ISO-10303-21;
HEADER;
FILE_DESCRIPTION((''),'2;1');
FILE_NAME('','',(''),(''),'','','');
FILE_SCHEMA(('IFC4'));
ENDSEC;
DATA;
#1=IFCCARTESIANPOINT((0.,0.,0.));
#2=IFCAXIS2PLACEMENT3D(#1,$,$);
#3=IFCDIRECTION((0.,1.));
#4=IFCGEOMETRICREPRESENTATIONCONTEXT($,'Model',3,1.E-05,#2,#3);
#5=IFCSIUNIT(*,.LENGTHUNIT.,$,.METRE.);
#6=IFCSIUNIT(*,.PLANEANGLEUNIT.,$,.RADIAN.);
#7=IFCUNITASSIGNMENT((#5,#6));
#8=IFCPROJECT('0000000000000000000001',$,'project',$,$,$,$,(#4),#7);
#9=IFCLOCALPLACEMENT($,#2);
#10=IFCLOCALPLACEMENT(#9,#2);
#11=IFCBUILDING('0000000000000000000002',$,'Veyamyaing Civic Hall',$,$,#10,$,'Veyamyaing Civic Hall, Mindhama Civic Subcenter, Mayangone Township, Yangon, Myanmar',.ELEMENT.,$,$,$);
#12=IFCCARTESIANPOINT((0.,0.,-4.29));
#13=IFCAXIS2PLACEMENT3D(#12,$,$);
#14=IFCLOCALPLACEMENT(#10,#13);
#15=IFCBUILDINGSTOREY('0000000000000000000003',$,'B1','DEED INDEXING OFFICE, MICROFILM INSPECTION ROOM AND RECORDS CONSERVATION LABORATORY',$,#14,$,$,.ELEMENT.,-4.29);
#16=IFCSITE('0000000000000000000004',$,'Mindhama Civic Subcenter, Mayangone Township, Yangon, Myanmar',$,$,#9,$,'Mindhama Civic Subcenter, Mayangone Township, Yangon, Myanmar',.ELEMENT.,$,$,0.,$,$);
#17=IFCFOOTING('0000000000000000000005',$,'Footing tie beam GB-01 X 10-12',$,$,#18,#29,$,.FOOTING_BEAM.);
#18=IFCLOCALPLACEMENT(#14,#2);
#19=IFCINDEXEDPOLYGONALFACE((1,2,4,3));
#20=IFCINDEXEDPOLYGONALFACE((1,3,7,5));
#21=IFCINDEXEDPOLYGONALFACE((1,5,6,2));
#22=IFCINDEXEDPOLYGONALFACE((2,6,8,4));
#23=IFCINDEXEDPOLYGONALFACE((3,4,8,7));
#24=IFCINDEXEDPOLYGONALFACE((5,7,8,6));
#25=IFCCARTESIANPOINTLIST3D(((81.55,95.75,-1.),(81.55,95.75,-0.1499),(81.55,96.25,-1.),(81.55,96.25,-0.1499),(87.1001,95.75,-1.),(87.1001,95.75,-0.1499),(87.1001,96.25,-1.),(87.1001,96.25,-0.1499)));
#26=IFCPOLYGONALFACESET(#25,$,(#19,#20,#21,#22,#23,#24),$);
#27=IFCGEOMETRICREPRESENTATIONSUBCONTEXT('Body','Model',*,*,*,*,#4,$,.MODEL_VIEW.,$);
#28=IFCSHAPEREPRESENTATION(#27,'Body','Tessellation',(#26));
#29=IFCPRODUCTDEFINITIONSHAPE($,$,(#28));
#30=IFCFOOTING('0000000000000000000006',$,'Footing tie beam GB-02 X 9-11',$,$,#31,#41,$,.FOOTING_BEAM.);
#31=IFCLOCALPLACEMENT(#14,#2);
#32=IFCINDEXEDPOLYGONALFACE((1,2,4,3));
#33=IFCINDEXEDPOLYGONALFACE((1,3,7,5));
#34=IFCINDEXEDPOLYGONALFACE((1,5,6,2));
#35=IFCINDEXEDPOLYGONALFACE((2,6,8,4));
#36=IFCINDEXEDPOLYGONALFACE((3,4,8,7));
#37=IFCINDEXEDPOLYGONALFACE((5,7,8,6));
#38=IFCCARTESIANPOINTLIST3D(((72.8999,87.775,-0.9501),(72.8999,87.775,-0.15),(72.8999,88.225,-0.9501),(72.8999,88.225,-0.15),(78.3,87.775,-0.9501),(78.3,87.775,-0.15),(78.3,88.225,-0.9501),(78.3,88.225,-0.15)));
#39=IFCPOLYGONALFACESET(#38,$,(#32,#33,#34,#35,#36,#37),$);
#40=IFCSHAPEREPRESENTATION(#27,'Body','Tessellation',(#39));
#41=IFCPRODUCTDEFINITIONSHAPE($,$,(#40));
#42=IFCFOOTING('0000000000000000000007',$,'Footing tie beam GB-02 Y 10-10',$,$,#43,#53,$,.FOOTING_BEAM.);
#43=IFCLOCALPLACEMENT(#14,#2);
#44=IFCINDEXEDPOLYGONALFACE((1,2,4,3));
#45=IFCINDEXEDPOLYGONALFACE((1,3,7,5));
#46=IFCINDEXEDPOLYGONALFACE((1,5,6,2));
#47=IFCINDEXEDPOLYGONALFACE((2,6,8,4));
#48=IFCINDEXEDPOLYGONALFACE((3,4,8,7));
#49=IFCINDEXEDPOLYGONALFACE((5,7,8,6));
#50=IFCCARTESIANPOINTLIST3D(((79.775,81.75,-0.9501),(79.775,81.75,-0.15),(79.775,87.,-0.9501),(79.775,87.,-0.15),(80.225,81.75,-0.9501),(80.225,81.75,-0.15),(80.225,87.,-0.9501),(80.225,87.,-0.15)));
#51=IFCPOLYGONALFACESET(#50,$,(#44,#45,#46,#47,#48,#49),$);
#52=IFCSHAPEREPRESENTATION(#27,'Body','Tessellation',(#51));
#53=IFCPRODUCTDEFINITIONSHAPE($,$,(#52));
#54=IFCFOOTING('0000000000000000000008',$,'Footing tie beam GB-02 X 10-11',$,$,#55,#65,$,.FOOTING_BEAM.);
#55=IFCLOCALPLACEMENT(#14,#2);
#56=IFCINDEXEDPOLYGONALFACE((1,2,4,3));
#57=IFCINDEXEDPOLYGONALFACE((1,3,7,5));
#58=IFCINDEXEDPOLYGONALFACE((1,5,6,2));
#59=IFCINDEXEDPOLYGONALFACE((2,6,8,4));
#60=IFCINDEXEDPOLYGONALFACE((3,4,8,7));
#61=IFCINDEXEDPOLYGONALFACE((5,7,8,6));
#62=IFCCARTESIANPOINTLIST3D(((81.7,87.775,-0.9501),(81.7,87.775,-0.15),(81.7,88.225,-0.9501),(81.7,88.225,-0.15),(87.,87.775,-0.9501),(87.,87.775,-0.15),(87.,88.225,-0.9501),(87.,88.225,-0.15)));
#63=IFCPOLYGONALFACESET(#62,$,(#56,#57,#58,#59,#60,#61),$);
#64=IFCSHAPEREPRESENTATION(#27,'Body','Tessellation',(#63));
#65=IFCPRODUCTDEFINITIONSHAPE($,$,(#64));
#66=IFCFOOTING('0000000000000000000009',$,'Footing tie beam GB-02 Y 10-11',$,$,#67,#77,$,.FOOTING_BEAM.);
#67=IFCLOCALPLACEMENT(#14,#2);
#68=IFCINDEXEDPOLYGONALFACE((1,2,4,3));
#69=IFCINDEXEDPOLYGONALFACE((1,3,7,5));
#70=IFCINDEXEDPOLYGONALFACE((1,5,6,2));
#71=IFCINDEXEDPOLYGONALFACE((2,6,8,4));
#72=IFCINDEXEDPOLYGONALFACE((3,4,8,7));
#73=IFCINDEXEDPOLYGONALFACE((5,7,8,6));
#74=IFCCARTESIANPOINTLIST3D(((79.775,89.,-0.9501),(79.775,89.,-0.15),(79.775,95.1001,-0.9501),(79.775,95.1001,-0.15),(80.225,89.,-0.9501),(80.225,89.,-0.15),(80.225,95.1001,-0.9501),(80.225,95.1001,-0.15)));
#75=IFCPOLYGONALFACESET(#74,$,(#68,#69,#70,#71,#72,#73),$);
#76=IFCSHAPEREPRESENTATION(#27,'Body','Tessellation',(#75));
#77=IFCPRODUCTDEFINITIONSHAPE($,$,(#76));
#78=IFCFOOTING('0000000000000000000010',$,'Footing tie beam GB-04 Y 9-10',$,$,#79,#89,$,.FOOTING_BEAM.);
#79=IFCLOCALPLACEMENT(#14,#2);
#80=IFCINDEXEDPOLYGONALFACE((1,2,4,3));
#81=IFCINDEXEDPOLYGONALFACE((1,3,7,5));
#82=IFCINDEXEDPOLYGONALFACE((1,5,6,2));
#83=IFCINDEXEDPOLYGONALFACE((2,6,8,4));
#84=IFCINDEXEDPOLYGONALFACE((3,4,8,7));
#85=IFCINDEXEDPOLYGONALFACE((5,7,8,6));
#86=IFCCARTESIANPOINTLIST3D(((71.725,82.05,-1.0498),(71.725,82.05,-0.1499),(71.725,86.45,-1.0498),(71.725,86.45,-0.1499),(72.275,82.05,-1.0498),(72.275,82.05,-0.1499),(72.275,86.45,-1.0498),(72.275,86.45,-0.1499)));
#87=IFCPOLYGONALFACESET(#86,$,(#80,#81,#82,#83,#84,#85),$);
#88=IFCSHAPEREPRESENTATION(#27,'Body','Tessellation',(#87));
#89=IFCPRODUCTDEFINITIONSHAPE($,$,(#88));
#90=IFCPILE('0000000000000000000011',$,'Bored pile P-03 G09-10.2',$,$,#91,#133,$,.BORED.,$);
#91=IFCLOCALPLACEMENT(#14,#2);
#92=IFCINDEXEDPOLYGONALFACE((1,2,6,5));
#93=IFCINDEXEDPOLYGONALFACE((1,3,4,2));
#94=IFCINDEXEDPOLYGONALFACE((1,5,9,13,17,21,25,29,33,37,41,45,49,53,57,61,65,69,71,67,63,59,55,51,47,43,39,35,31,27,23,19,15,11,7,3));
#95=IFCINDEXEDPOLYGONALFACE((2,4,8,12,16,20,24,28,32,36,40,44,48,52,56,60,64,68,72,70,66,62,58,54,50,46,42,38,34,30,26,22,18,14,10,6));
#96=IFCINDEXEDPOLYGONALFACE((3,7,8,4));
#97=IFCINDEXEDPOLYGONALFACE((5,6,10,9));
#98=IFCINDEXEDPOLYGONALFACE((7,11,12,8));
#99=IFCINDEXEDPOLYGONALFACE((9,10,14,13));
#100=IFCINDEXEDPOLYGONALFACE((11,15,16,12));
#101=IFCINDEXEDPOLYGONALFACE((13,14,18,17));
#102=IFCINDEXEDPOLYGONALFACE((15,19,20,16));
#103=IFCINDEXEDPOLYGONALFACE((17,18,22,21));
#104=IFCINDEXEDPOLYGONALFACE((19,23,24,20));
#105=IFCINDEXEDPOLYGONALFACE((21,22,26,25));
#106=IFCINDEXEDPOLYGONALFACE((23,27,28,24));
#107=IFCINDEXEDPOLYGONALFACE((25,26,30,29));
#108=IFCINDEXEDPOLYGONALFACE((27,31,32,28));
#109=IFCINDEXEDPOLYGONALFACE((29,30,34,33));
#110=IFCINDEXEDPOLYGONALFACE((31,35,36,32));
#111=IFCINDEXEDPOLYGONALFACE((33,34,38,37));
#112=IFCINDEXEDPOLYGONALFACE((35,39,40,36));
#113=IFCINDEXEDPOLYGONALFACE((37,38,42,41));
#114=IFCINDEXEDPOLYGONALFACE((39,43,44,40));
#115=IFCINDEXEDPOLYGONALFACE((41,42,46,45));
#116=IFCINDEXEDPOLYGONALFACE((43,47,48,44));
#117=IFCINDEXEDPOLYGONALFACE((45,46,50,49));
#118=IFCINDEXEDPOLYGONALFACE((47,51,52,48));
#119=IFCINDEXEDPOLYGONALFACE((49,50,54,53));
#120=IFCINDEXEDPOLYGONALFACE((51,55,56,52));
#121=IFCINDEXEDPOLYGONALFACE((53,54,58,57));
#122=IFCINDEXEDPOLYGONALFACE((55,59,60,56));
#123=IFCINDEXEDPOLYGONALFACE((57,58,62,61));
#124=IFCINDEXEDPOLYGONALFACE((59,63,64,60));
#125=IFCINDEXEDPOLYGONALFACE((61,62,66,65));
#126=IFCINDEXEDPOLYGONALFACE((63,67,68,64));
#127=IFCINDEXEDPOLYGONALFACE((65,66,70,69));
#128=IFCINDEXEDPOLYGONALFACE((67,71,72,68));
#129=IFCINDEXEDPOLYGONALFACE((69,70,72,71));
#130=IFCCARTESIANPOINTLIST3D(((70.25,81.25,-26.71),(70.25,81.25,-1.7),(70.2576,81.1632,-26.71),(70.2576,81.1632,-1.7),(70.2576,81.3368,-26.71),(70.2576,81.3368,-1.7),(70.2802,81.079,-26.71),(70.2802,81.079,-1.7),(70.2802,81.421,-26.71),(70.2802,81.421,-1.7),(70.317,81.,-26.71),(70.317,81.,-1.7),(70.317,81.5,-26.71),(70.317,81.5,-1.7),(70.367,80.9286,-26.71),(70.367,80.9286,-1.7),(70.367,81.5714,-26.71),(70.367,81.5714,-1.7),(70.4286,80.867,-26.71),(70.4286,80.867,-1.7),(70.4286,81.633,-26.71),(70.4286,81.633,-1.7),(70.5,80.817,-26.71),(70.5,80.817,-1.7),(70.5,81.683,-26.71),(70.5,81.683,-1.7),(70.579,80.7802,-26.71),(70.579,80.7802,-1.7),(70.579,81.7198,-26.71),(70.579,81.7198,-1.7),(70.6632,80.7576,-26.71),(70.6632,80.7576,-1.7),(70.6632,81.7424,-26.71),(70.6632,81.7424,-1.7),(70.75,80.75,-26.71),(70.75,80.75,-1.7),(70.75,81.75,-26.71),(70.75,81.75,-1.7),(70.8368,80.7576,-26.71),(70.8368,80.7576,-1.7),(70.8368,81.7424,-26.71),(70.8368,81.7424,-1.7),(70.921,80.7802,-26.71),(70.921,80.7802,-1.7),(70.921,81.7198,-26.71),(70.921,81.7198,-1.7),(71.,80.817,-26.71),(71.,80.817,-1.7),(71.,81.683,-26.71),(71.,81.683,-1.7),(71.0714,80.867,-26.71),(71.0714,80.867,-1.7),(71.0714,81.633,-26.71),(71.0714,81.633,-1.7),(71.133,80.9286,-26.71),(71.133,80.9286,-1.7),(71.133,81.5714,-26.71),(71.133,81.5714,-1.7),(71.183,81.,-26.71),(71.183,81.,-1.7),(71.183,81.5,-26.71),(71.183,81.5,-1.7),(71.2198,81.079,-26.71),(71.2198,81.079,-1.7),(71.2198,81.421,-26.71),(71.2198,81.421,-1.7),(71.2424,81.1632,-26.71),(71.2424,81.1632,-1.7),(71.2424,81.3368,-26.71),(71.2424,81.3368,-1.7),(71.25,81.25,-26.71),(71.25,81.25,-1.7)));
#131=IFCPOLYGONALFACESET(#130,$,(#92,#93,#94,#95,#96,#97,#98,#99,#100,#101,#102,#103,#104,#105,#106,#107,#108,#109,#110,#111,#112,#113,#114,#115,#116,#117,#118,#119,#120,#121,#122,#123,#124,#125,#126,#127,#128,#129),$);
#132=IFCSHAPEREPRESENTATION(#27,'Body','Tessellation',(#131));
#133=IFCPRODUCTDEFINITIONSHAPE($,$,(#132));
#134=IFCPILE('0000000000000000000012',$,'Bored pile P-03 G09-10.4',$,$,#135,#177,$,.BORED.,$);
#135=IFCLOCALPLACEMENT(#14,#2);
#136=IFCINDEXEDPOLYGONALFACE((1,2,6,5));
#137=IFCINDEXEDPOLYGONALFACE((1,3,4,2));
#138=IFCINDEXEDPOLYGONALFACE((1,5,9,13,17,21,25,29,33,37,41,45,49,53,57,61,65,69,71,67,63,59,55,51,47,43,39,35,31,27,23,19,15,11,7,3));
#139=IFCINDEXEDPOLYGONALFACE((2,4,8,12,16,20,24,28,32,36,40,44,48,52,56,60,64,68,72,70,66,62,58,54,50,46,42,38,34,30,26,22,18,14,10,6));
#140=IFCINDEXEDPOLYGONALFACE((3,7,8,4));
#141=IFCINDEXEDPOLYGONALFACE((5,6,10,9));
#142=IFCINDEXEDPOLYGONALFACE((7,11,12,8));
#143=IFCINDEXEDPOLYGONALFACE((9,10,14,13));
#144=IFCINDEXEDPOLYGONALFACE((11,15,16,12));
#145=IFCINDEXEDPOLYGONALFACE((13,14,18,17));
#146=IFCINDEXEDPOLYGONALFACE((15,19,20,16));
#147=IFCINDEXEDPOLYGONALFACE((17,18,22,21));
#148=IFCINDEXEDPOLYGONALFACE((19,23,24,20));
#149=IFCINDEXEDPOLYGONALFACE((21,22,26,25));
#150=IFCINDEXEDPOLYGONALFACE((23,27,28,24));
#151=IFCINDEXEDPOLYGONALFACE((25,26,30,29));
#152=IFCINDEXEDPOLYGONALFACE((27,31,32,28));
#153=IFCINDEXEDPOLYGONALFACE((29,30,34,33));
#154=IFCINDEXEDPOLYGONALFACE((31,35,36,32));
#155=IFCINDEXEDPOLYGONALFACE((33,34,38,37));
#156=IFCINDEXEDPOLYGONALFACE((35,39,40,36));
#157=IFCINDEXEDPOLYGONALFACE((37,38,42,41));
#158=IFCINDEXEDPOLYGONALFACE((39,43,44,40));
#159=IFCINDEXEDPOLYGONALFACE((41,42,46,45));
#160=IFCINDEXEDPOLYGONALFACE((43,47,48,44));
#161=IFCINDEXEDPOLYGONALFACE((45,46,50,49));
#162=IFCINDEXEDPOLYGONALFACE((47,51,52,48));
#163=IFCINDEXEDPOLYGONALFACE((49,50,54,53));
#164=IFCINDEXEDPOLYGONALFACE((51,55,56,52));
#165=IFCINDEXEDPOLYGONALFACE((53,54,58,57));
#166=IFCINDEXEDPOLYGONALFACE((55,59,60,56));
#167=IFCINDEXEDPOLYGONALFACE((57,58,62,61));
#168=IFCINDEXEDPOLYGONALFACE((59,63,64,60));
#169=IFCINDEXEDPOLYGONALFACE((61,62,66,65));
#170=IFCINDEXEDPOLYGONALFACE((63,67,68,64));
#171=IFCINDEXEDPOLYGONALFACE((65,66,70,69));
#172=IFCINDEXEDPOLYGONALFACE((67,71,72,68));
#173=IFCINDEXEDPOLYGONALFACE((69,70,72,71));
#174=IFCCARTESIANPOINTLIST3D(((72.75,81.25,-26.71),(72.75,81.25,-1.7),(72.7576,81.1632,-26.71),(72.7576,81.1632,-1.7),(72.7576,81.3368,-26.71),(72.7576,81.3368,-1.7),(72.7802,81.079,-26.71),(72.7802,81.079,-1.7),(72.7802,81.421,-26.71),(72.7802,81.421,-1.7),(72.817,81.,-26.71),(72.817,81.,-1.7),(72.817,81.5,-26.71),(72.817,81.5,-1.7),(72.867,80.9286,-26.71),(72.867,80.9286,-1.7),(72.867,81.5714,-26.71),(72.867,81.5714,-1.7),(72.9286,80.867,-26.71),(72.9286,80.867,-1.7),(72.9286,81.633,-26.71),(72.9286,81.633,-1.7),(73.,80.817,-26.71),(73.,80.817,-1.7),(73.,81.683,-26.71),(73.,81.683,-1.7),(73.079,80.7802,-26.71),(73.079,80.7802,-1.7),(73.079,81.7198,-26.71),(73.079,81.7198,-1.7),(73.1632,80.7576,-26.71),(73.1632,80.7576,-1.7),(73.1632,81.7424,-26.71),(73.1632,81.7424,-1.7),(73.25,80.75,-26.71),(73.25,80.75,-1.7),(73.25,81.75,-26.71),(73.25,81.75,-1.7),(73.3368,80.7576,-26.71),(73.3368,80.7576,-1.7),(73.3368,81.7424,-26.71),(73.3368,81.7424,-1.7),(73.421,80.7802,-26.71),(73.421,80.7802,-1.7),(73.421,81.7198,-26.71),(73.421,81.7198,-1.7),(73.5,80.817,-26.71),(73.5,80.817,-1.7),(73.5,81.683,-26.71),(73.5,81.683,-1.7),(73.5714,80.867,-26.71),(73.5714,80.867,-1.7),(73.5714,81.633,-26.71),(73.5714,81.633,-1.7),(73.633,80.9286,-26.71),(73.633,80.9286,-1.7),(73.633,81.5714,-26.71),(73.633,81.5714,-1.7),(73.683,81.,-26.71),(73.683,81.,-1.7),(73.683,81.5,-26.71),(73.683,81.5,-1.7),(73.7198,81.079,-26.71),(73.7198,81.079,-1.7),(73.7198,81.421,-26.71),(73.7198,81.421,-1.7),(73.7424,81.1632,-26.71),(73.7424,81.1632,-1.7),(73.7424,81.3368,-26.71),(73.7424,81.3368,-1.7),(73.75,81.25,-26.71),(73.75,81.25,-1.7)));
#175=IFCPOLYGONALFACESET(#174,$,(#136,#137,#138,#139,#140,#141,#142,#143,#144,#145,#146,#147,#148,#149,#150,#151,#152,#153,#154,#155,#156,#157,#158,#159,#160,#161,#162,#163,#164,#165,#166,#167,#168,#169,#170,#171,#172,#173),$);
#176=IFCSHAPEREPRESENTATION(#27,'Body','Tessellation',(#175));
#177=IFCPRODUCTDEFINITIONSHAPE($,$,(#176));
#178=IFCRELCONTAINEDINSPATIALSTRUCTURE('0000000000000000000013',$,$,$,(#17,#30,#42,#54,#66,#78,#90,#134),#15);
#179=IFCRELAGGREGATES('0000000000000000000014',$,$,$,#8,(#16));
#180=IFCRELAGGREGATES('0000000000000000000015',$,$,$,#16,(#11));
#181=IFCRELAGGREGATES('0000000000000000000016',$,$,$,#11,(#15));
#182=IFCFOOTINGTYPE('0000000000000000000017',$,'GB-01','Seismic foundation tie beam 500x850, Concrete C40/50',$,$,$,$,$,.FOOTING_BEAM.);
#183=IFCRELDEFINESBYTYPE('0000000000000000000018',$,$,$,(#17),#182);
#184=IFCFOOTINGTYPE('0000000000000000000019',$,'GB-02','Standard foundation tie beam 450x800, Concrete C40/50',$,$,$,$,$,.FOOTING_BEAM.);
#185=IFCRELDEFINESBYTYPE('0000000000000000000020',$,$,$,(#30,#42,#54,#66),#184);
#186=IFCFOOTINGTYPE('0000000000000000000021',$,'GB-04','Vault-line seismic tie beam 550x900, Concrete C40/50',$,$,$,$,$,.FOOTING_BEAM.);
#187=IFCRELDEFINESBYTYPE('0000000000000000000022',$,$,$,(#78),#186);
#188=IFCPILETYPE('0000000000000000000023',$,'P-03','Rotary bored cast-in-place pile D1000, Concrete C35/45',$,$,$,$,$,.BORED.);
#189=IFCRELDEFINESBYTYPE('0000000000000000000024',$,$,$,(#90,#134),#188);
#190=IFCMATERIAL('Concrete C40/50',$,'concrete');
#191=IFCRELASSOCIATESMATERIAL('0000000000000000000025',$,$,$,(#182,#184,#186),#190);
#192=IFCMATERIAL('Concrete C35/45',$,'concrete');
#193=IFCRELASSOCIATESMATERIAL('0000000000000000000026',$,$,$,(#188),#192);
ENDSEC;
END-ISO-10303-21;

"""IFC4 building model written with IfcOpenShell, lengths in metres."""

from ifc_helpers import new_model, si_unit, direction, frame, origin, origin_2d, place, context, subcontext, project, spatial, rectangle, circle, extrude, material, material_profile, profile_set, type_object, element, save


model = new_model("IFC4")

# Units and contexts
model_context = context("Model", 3, precision=1e-05, world=origin(), true_north=direction((0.0, 1.0)))
body_context = subcontext(model_context, "Body", "Model", "MODEL_VIEW")
ifc_project = project(units=[si_unit("LENGTHUNIT", "METRE"), si_unit("PLANEANGLEUNIT", "RADIAN")], contexts=[model_context])

# Site, building, storey
site_placement = place(None, origin())
site = spatial("IfcSite", under=ifc_project, at=site_placement, Name="Mindhama Civic Subcenter, Mayangone Township, Yangon, Myanmar", LongName="Mindhama Civic Subcenter, Mayangone Township, Yangon, Myanmar", CompositionType="ELEMENT", RefElevation=0.0)
building_placement = place(site_placement, origin())
building = spatial("IfcBuilding", under=site, at=building_placement, Name="Veyamyaing Civic Hall", LongName="Veyamyaing Civic Hall, Mindhama Civic Subcenter, Mayangone Township, Yangon, Myanmar", CompositionType="ELEMENT")
storey_placement = place(building_placement, frame((0.0, 0.0, -4.29)))
storey = spatial("IfcBuildingStorey", under=building, at=storey_placement, Name="B1", Description="DEED INDEXING OFFICE, MICROFILM INSPECTION ROOM AND RECORDS CONSERVATION LABORATORY", CompositionType="ELEMENT", Elevation=-4.29)

# Footings
ifc_material_1 = material(Name="Concrete C40/50", Category="concrete")
ifc_material_profile_1 = material_profile(ifc_material_1, rectangle(XDim=0.5, YDim=0.8501, at=origin_2d()), Name="GB-500X850")
ifc_profile_set_1 = profile_set([ifc_material_profile_1], Name="Concrete C40/50")
footing_type_1 = type_object("IfcFootingType", Name="GB-01", Description="Seismic foundation tie beam 500x850, Concrete C40/50", PredefinedType="FOOTING_BEAM", material=ifc_profile_set_1)
footing_1_placement = place(storey_placement, frame((81.55, 96.0, -0.575), z_axis=(1.0, 0.0, 0.0), x_axis=(0.0, 1.0, 0.0)))
element("IfcFooting", 1, at=footing_1_placement, inside=storey, type_object=footing_type_1, Name="Footing tie beam GB-01 X 10-12", PredefinedType="FOOTING_BEAM", context=body_context, shape_type="SweptSolid", body=[
    extrude(rectangle(XDim=0.5, YDim=0.8501, at=origin_2d()), origin(), (0.0, 0.0, 1.0), 5.55),
])
ifc_material_profile_2 = material_profile(ifc_material_1, rectangle(XDim=0.45, YDim=0.8, at=origin_2d()), Name="GB-450X800")
ifc_profile_set_2 = profile_set([ifc_material_profile_2], Name="Concrete C40/50")
footing_type_2 = type_object("IfcFootingType", Name="GB-02", Description="Standard foundation tie beam 450x800, Concrete C40/50", PredefinedType="FOOTING_BEAM", material=ifc_profile_set_2)
footing_2_placement = place(storey_placement, frame((72.8999, 88.0, -0.55), z_axis=(1.0, 0.0, 0.0), x_axis=(0.0, 1.0, 0.0)))
element("IfcFooting", 2, at=footing_2_placement, inside=storey, type_object=footing_type_2, Name="Footing tie beam GB-02 X 9-11", PredefinedType="FOOTING_BEAM", context=body_context, shape_type="SweptSolid", body=[
    extrude(rectangle(XDim=0.45, YDim=0.8, at=origin_2d()), origin(), (0.0, 0.0, 1.0), 5.4001),
])
footing_3_placement = place(storey_placement, frame((80.0, 81.75, -0.55), z_axis=(0.0, 1.0, 0.0), x_axis=(-1.0, 0.0, 0.0)))
element("IfcFooting", 3, at=footing_3_placement, inside=storey, type_object=footing_type_2, Name="Footing tie beam GB-02 Y 10-10", PredefinedType="FOOTING_BEAM", context=body_context, shape_type="SweptSolid", body=[
    extrude(rectangle(XDim=0.45, YDim=0.8, at=origin_2d()), origin(), (0.0, 0.0, 1.0), 5.25),
])
footing_4_placement = place(storey_placement, frame((81.7, 88.0, -0.55), z_axis=(1.0, 0.0, 0.0), x_axis=(0.0, 1.0, 0.0)))
element("IfcFooting", 4, at=footing_4_placement, inside=storey, type_object=footing_type_2, Name="Footing tie beam GB-02 X 10-11", PredefinedType="FOOTING_BEAM", context=body_context, shape_type="SweptSolid", body=[
    extrude(rectangle(XDim=0.45, YDim=0.8, at=origin_2d()), origin(), (0.0, 0.0, 1.0), 5.3),
])
footing_5_placement = place(storey_placement, frame((80.0, 89.0, -0.55), z_axis=(0.0, 1.0, 0.0), x_axis=(-1.0, 0.0, 0.0)))
element("IfcFooting", 5, at=footing_5_placement, inside=storey, type_object=footing_type_2, Name="Footing tie beam GB-02 Y 10-11", PredefinedType="FOOTING_BEAM", context=body_context, shape_type="SweptSolid", body=[
    extrude(rectangle(XDim=0.45, YDim=0.8, at=origin_2d()), origin(), (0.0, 0.0, 1.0), 6.1001),
])
ifc_material_profile_3 = material_profile(ifc_material_1, rectangle(XDim=0.55, YDim=0.8999, at=origin_2d()), Name="GB-550X900")
ifc_profile_set_3 = profile_set([ifc_material_profile_3], Name="Concrete C40/50")
footing_type_3 = type_object("IfcFootingType", Name="GB-04", Description="Vault-line seismic tie beam 550x900, Concrete C40/50", PredefinedType="FOOTING_BEAM", material=ifc_profile_set_3)
footing_6_placement = place(storey_placement, frame((72.0, 82.05, -0.5999), z_axis=(0.0, 1.0, 0.0), x_axis=(-1.0, 0.0, 0.0)))
element("IfcFooting", 6, at=footing_6_placement, inside=storey, type_object=footing_type_3, Name="Footing tie beam GB-04 Y 9-10", PredefinedType="FOOTING_BEAM", context=body_context, shape_type="SweptSolid", body=[
    extrude(rectangle(XDim=0.55, YDim=0.8999, at=origin_2d()), origin(), (0.0, 0.0, 1.0), 4.3999),
])

# Piles
ifc_material_2 = material(Name="Concrete C35/45", Category="concrete")
ifc_material_profile_4 = material_profile(ifc_material_2, circle(Radius=0.5, at=origin_2d()), Name="PILE-D1000")
ifc_profile_set_4 = profile_set([ifc_material_profile_4], Name="Concrete C35/45")
pile_type_1 = type_object("IfcPileType", Name="P-03", Description="Rotary bored cast-in-place pile D1000, Concrete C35/45", PredefinedType="BORED", material=ifc_profile_set_4)
for number, where, z_axis, x_axis, name in (
    (7, (70.75, 81.25, -1.7), (0.0, 0.0, -1.0), (1.0, 0.0, 0.0), "Bored pile P-03 G09-10.2"),
    (8, (73.25, 81.25, -1.7), (0.0, 0.0, -1.0), (1.0, 0.0, 0.0), "Bored pile P-03 G09-10.4"),
):
    element("IfcPile", number, at=place(storey_placement, frame(where, z_axis=z_axis, x_axis=x_axis)), inside=storey, type_object=pile_type_1, Name=name, PredefinedType="BORED", context=body_context, shape_type="SweptSolid", body=[
        extrude(circle(Radius=0.5, at=origin_2d()), origin(), (0.0, 0.0, 1.0), 25.01),
    ])

save(model, "model.ifc")
